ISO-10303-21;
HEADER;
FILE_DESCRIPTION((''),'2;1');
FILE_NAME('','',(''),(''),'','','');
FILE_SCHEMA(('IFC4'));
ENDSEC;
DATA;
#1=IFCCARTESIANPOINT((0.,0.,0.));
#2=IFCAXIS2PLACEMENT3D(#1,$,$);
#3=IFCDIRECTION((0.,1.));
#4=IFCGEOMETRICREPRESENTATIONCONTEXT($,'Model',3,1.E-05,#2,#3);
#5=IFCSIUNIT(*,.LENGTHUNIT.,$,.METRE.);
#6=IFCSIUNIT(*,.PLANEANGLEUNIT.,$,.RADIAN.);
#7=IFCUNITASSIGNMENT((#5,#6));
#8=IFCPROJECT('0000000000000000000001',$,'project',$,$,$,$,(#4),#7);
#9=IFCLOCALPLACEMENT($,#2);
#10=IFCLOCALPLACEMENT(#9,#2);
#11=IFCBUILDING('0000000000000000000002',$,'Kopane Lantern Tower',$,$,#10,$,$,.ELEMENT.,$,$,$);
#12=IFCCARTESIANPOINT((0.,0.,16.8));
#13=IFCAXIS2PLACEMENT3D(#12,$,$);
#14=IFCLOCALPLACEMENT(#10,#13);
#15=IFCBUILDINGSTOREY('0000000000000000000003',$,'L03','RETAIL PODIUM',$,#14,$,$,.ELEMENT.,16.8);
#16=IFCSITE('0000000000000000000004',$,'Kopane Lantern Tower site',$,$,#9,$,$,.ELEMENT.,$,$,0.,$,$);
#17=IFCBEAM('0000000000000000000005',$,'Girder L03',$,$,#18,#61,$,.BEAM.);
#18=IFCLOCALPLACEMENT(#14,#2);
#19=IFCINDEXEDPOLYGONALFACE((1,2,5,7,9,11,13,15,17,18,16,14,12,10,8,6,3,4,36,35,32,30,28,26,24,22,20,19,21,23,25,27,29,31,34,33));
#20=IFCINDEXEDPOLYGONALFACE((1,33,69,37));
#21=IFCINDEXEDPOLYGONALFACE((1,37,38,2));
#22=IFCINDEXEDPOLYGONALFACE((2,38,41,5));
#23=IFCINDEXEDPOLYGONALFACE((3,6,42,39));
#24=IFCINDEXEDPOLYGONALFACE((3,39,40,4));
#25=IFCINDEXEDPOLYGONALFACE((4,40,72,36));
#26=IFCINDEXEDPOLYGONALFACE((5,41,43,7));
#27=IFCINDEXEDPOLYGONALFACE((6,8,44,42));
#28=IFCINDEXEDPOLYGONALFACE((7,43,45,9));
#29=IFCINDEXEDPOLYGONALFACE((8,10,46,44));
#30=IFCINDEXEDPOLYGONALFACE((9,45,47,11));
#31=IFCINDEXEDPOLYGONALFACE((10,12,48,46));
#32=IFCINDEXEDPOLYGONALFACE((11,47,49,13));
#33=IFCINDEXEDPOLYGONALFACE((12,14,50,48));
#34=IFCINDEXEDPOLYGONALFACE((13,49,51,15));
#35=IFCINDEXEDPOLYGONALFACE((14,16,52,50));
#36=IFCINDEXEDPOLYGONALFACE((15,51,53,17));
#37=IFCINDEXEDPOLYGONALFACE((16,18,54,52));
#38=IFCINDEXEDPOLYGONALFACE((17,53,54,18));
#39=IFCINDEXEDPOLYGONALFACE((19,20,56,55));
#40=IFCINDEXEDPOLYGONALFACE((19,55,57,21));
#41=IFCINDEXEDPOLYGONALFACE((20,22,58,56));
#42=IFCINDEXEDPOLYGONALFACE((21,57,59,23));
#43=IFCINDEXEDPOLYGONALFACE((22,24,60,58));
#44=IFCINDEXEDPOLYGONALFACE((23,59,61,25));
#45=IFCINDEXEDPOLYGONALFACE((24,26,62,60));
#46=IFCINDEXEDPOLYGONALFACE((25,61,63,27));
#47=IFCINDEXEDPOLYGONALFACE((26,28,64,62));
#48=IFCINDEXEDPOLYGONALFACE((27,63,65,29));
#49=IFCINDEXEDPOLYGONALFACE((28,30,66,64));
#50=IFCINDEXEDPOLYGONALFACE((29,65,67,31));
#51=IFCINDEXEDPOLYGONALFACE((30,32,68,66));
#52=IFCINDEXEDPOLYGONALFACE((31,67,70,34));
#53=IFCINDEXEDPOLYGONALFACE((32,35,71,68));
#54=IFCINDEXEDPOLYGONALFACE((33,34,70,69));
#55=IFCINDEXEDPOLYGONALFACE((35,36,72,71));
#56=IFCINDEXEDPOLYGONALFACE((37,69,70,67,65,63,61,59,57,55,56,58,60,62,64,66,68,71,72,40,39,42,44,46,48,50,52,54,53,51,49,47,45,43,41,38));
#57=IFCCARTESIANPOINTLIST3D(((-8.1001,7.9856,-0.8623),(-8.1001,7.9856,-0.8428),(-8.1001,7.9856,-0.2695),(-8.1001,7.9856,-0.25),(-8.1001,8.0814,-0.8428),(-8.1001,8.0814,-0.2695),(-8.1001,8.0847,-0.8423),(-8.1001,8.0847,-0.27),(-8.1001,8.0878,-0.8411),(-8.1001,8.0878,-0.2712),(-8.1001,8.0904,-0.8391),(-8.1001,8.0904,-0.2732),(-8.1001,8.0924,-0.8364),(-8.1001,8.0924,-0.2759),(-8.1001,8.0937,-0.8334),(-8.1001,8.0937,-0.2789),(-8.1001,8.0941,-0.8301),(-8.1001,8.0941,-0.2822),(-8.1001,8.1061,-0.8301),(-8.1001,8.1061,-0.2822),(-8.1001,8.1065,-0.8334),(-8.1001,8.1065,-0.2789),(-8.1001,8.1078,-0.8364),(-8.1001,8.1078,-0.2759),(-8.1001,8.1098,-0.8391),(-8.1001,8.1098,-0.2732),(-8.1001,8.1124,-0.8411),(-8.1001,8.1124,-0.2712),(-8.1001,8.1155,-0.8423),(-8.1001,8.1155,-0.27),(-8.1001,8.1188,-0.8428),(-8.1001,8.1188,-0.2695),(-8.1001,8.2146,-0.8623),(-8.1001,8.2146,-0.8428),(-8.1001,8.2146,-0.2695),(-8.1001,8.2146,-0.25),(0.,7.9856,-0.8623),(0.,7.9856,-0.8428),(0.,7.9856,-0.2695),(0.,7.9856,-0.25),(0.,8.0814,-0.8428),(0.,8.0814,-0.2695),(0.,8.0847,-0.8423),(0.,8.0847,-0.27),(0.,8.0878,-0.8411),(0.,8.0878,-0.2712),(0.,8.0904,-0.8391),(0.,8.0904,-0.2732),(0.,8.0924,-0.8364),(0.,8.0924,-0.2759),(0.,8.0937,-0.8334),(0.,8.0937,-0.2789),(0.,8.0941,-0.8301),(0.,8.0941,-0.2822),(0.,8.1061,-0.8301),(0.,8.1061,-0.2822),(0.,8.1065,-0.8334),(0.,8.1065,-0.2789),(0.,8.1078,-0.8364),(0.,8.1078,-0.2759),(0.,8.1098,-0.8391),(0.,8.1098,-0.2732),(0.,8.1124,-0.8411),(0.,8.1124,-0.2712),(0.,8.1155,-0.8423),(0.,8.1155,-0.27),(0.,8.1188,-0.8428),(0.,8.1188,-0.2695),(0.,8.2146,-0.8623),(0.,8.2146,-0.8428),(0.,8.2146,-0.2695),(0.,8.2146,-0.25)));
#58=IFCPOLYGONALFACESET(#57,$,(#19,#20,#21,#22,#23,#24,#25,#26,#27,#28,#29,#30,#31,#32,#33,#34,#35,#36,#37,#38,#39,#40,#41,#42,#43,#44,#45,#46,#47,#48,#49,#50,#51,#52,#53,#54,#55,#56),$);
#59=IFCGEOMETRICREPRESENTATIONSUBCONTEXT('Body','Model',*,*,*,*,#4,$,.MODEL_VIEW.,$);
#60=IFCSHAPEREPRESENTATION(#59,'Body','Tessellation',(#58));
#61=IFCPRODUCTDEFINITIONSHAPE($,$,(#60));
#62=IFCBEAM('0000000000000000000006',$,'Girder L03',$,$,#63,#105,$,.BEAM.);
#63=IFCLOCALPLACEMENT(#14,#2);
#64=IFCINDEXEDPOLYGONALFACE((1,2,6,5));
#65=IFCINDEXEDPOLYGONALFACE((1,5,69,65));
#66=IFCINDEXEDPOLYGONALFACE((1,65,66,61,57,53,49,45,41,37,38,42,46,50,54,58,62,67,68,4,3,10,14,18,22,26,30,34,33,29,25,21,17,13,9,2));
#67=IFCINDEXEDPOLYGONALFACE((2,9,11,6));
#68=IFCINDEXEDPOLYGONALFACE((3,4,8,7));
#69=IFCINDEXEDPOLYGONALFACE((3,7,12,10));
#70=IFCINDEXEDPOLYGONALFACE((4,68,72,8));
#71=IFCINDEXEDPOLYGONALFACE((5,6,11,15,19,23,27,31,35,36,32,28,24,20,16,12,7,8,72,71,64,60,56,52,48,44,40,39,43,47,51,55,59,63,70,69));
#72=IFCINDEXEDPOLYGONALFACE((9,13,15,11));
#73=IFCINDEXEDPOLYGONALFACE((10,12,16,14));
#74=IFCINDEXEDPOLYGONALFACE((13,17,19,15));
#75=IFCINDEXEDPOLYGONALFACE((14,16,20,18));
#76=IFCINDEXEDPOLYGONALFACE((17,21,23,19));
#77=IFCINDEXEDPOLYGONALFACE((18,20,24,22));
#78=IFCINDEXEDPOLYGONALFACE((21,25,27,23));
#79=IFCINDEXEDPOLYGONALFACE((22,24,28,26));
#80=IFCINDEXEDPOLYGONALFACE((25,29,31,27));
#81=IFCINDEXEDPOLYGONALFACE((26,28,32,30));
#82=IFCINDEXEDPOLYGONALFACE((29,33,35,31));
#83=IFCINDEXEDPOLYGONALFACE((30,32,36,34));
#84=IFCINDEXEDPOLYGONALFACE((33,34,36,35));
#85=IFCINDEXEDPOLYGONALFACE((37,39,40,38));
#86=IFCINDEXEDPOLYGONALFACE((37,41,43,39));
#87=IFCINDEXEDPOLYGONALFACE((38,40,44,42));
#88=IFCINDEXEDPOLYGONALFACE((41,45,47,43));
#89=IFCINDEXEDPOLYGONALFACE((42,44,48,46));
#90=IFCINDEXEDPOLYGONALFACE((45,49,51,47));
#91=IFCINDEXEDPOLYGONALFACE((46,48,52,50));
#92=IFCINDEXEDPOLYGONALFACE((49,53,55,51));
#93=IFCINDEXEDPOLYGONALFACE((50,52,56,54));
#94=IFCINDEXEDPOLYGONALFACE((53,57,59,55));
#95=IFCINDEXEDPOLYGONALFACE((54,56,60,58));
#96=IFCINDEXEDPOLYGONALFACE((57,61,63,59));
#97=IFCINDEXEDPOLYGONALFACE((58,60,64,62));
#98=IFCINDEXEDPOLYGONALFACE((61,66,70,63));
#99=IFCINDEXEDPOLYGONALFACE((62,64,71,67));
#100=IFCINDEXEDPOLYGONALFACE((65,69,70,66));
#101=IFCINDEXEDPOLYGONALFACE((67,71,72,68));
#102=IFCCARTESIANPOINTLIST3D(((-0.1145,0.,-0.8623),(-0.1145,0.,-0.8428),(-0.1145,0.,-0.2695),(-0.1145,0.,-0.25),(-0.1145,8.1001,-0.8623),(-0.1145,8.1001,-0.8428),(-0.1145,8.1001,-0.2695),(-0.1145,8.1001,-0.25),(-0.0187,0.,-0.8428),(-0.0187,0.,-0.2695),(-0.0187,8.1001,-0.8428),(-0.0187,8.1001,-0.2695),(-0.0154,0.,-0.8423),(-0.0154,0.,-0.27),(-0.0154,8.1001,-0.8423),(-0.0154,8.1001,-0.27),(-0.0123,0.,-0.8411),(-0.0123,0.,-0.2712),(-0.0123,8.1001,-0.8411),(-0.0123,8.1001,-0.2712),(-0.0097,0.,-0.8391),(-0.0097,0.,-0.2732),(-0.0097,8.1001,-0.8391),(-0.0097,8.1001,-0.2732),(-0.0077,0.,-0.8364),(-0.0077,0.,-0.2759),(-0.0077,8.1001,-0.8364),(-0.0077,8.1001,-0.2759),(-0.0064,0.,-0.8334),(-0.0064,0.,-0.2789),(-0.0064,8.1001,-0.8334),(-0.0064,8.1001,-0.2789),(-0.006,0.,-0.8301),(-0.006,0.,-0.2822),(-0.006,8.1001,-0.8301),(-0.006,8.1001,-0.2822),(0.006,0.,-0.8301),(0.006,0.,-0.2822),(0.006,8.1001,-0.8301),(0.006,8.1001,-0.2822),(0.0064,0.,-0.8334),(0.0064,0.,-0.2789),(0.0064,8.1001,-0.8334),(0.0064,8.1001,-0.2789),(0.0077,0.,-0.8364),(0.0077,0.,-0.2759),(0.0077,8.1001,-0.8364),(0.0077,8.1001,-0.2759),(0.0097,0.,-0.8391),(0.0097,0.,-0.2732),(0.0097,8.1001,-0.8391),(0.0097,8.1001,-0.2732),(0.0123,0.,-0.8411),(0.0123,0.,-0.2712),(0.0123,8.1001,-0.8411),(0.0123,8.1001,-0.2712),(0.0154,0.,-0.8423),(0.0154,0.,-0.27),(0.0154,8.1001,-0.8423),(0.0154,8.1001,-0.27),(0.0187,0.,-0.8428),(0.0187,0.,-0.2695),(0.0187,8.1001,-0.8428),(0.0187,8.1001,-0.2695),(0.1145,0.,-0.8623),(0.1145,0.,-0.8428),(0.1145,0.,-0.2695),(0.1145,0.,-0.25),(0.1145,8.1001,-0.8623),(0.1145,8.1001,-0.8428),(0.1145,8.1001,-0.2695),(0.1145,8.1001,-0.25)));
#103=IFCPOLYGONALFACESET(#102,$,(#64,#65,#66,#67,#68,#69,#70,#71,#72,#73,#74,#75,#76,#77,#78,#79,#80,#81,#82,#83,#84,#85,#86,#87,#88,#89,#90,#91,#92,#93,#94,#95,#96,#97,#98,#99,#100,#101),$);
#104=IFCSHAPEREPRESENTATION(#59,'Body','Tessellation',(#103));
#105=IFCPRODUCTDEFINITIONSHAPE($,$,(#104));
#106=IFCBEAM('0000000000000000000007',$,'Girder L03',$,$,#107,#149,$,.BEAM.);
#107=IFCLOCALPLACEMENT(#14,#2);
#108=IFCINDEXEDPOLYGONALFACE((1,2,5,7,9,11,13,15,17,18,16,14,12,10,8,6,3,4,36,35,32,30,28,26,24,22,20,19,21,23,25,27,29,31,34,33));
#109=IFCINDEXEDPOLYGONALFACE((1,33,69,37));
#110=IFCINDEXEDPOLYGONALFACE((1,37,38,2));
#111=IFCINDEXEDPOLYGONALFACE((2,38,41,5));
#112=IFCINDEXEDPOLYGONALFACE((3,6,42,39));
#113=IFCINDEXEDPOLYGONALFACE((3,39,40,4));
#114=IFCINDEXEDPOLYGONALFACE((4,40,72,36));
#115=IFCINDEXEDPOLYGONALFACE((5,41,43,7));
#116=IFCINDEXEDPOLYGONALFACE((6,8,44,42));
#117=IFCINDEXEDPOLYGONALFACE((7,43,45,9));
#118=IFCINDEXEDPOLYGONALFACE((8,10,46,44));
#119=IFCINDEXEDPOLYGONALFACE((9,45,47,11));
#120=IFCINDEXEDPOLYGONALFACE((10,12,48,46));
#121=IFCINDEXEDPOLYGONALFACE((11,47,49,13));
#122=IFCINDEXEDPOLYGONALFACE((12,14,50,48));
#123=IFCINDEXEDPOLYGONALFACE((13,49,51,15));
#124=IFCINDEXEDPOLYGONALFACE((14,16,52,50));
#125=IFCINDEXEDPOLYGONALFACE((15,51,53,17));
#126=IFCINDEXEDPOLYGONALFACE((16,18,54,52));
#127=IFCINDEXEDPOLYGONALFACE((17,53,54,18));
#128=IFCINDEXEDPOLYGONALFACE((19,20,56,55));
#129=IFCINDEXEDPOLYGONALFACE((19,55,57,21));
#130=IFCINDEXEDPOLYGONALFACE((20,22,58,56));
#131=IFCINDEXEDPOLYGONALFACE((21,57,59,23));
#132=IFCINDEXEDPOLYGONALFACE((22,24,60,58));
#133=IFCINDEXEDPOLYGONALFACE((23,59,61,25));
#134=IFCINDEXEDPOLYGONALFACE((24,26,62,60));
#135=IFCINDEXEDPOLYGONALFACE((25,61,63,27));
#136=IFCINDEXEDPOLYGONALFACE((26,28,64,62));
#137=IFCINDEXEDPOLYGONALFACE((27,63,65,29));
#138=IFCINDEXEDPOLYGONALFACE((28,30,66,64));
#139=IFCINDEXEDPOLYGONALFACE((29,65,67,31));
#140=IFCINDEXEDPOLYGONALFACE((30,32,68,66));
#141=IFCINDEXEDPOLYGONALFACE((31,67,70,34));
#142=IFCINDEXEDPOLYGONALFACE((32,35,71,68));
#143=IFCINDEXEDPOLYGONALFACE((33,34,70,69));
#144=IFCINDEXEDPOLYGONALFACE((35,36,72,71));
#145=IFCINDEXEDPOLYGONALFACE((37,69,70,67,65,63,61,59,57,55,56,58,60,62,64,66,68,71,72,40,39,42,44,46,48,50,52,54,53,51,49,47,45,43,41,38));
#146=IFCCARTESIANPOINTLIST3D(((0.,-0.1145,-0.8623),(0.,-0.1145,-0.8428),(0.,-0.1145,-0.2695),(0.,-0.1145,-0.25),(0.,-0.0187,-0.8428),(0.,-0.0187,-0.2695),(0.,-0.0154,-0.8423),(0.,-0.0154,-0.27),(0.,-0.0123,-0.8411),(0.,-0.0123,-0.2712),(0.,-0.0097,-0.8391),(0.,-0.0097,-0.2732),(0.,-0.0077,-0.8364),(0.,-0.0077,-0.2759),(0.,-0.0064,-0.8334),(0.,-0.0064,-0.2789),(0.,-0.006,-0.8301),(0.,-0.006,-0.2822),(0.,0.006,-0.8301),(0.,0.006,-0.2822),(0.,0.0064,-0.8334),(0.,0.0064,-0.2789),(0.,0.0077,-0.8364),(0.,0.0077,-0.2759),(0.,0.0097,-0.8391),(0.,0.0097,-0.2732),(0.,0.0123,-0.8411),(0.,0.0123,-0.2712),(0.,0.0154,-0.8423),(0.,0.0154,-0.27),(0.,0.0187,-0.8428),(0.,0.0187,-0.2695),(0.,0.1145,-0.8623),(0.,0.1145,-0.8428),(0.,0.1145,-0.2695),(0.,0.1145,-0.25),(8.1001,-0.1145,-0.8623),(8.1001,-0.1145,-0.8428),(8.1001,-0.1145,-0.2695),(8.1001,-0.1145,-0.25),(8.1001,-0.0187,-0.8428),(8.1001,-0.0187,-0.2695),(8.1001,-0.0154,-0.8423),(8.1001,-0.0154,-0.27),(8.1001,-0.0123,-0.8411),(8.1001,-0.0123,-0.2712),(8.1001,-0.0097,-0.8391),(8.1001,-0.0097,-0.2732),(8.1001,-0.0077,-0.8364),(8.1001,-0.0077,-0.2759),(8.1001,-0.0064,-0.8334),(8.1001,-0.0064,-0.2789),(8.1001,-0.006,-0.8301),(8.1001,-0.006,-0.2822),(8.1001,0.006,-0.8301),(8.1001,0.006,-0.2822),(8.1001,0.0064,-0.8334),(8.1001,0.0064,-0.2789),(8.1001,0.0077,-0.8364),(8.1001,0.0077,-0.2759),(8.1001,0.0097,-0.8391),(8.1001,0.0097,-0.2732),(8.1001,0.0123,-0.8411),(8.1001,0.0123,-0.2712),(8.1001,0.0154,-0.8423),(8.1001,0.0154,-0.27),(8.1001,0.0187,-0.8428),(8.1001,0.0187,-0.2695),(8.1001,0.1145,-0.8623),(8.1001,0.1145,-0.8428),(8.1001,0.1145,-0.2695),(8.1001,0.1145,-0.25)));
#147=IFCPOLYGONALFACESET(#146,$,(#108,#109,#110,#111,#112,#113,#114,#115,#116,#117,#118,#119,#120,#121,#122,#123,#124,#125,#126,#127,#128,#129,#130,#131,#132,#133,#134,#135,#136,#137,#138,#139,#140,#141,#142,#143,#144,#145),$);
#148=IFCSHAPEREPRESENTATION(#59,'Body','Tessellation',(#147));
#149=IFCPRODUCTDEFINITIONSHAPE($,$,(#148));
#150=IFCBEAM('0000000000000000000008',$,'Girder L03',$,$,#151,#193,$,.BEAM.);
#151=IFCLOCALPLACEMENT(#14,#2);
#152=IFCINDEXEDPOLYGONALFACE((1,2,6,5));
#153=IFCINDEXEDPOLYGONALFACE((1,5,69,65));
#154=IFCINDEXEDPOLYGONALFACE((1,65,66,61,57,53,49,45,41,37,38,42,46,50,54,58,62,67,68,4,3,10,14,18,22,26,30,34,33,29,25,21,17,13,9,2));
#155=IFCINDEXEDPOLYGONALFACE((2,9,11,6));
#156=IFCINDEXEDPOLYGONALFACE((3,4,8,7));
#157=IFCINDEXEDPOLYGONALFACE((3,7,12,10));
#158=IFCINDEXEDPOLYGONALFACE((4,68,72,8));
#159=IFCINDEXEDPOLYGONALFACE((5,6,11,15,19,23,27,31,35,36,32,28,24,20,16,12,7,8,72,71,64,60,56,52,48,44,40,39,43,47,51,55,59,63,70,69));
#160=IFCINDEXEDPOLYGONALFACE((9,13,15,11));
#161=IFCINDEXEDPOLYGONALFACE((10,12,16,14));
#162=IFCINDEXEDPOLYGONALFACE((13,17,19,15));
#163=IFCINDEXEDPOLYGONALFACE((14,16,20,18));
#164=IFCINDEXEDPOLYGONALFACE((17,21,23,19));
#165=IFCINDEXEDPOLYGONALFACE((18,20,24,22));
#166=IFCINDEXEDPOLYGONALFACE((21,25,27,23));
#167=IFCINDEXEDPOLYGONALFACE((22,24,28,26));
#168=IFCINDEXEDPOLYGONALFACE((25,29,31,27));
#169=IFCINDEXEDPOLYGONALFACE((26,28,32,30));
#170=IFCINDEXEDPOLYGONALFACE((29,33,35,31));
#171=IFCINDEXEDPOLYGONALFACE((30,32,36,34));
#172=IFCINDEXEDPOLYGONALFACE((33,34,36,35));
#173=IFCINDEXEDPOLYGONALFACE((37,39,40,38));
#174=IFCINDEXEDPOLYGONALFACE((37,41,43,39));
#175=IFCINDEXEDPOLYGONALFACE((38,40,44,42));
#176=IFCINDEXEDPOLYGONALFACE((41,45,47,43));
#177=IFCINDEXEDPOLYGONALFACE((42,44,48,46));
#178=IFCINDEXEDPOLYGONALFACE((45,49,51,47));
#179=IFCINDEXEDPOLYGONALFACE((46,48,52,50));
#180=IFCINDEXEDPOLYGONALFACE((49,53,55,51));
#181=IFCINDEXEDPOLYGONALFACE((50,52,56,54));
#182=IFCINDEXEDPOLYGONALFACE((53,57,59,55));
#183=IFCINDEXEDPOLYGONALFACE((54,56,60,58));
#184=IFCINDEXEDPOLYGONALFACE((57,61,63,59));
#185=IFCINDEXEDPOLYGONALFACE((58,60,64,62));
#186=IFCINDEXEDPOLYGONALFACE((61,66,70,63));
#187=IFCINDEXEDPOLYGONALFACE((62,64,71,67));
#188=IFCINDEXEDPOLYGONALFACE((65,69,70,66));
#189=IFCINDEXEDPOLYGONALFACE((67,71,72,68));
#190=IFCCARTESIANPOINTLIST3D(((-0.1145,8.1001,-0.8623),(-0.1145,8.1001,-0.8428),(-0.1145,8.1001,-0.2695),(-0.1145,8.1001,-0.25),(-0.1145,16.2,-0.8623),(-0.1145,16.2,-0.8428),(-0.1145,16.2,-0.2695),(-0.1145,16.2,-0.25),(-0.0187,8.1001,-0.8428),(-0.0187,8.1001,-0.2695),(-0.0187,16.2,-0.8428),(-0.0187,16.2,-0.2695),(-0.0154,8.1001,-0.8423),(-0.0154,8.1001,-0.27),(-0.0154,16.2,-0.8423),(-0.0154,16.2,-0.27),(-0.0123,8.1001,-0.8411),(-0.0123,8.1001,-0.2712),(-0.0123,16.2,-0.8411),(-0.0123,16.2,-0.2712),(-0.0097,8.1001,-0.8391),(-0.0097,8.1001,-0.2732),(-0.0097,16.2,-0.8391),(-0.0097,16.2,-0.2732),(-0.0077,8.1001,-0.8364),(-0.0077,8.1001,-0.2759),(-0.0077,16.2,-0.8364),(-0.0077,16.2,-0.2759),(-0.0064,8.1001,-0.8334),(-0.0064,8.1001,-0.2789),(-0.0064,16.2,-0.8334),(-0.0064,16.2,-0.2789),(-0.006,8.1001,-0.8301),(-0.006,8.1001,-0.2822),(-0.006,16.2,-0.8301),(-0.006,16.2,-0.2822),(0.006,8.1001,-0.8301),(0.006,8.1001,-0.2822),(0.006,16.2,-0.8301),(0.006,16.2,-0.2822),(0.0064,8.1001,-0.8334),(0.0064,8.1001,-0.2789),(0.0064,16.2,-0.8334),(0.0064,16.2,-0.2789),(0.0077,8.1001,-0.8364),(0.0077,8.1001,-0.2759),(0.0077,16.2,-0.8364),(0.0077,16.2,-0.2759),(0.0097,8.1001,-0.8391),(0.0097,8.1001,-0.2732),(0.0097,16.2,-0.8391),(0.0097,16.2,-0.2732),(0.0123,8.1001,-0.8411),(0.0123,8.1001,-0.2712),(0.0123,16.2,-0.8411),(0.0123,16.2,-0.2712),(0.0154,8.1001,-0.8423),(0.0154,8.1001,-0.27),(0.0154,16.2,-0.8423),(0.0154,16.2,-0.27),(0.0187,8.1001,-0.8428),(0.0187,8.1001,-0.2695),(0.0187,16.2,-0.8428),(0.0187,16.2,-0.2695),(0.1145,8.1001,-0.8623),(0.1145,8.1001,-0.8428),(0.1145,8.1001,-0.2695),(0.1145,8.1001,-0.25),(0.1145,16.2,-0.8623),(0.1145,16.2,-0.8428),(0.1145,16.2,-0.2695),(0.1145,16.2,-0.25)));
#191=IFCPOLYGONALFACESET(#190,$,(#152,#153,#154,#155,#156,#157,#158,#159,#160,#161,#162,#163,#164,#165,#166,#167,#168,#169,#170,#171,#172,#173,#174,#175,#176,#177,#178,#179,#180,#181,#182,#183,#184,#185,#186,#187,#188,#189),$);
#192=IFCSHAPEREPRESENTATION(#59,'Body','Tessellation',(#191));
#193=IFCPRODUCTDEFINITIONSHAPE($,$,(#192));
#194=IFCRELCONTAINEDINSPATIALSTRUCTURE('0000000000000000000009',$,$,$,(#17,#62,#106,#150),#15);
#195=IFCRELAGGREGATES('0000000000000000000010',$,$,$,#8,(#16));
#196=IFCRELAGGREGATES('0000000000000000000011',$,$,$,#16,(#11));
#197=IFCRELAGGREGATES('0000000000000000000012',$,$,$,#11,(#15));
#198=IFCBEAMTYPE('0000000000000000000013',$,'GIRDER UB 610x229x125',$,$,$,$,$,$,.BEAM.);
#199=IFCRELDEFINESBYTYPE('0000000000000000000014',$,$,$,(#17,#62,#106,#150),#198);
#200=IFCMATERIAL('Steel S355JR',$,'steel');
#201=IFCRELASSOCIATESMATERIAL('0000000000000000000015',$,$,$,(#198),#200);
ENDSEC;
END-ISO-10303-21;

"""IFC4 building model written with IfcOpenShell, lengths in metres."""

from ifc_helpers import new_model, si_unit, direction, frame, origin, origin_2d, place, context, subcontext, project, spatial, i_section, extrude, material, material_profile, profile_set, type_object, element, save


model = new_model("IFC4")

# Units and contexts
model_context = context("Model", 3, precision=1e-05, world=origin(), true_north=direction((0.0, 1.0)))
body_context = subcontext(model_context, "Body", "Model", "MODEL_VIEW")
ifc_project = project(units=[si_unit("LENGTHUNIT", "METRE"), si_unit("PLANEANGLEUNIT", "RADIAN")], contexts=[model_context])

# Site, building, storey
site_placement = place(None, origin())
site = spatial("IfcSite", under=ifc_project, at=site_placement, Name="Kopane Lantern Tower site", CompositionType="ELEMENT", RefElevation=0.0)
building_placement = place(site_placement, origin())
building = spatial("IfcBuilding", under=site, at=building_placement, Name="Kopane Lantern Tower", CompositionType="ELEMENT")
storey_placement = place(building_placement, frame((0.0, 0.0, 16.8)))
storey = spatial("IfcBuildingStorey", under=building, at=storey_placement, Name="L03", Description="RETAIL PODIUM", CompositionType="ELEMENT", Elevation=16.8)

# Beams
ifc_material_1 = material(Name="Steel S355JR", Category="steel")
ifc_material_profile_1 = material_profile(ifc_material_1, i_section(OverallWidth=0.229, OverallDepth=0.6123, WebThickness=0.012, FlangeThickness=0.0195, FilletRadius=0.0127, at=origin_2d()), Name="UB 610x229x125")
ifc_profile_set_1 = profile_set([ifc_material_profile_1], Name="Steel S355JR")
beam_type = type_object("IfcBeamType", Name="GIRDER UB 610x229x125", PredefinedType="BEAM", material=ifc_profile_set_1)
for number, where, z_axis, x_axis, name in (
    (1, (-8.1001, 8.1001, -0.5562), (1.0, 0.0, 0.0), (0.0, 1.0, 0.0), "Girder L03"),
    (2, (0.0, 0.0, -0.5562), (0.0, 1.0, 0.0), (-1.0, 0.0, 0.0), "Girder L03"),
    (3, (0.0, 0.0, -0.5562), (1.0, 0.0, 0.0), (0.0, 1.0, 0.0), "Girder L03"),
):
    element("IfcBeam", number, at=place(storey_placement, frame(where, z_axis=z_axis, x_axis=x_axis)), inside=storey, type_object=beam_type, Name=name, PredefinedType="BEAM", context=body_context, shape_type="SweptSolid", body=[
        extrude(i_section(OverallWidth=0.229, OverallDepth=0.6123, WebThickness=0.012, FlangeThickness=0.0195, FilletRadius=0.0127, at=origin_2d()), origin(), (0.0, 0.0, 1.0), 8.1001),
    ])
beam_1_placement = place(storey_placement, frame((0.0, 8.1001, -0.5562), z_axis=(0.0, 1.0, 0.0), x_axis=(-1.0, 0.0, 0.0)))
element("IfcBeam", 4, at=beam_1_placement, inside=storey, type_object=beam_type, Name="Girder L03", PredefinedType="BEAM", context=body_context, shape_type="SweptSolid", body=[
    extrude(i_section(OverallWidth=0.229, OverallDepth=0.6123, WebThickness=0.012, FlangeThickness=0.0195, FilletRadius=0.0127, at=origin_2d()), origin(), (0.0, 0.0, 1.0), 8.0999),
])

save(model, "model.ifc")
